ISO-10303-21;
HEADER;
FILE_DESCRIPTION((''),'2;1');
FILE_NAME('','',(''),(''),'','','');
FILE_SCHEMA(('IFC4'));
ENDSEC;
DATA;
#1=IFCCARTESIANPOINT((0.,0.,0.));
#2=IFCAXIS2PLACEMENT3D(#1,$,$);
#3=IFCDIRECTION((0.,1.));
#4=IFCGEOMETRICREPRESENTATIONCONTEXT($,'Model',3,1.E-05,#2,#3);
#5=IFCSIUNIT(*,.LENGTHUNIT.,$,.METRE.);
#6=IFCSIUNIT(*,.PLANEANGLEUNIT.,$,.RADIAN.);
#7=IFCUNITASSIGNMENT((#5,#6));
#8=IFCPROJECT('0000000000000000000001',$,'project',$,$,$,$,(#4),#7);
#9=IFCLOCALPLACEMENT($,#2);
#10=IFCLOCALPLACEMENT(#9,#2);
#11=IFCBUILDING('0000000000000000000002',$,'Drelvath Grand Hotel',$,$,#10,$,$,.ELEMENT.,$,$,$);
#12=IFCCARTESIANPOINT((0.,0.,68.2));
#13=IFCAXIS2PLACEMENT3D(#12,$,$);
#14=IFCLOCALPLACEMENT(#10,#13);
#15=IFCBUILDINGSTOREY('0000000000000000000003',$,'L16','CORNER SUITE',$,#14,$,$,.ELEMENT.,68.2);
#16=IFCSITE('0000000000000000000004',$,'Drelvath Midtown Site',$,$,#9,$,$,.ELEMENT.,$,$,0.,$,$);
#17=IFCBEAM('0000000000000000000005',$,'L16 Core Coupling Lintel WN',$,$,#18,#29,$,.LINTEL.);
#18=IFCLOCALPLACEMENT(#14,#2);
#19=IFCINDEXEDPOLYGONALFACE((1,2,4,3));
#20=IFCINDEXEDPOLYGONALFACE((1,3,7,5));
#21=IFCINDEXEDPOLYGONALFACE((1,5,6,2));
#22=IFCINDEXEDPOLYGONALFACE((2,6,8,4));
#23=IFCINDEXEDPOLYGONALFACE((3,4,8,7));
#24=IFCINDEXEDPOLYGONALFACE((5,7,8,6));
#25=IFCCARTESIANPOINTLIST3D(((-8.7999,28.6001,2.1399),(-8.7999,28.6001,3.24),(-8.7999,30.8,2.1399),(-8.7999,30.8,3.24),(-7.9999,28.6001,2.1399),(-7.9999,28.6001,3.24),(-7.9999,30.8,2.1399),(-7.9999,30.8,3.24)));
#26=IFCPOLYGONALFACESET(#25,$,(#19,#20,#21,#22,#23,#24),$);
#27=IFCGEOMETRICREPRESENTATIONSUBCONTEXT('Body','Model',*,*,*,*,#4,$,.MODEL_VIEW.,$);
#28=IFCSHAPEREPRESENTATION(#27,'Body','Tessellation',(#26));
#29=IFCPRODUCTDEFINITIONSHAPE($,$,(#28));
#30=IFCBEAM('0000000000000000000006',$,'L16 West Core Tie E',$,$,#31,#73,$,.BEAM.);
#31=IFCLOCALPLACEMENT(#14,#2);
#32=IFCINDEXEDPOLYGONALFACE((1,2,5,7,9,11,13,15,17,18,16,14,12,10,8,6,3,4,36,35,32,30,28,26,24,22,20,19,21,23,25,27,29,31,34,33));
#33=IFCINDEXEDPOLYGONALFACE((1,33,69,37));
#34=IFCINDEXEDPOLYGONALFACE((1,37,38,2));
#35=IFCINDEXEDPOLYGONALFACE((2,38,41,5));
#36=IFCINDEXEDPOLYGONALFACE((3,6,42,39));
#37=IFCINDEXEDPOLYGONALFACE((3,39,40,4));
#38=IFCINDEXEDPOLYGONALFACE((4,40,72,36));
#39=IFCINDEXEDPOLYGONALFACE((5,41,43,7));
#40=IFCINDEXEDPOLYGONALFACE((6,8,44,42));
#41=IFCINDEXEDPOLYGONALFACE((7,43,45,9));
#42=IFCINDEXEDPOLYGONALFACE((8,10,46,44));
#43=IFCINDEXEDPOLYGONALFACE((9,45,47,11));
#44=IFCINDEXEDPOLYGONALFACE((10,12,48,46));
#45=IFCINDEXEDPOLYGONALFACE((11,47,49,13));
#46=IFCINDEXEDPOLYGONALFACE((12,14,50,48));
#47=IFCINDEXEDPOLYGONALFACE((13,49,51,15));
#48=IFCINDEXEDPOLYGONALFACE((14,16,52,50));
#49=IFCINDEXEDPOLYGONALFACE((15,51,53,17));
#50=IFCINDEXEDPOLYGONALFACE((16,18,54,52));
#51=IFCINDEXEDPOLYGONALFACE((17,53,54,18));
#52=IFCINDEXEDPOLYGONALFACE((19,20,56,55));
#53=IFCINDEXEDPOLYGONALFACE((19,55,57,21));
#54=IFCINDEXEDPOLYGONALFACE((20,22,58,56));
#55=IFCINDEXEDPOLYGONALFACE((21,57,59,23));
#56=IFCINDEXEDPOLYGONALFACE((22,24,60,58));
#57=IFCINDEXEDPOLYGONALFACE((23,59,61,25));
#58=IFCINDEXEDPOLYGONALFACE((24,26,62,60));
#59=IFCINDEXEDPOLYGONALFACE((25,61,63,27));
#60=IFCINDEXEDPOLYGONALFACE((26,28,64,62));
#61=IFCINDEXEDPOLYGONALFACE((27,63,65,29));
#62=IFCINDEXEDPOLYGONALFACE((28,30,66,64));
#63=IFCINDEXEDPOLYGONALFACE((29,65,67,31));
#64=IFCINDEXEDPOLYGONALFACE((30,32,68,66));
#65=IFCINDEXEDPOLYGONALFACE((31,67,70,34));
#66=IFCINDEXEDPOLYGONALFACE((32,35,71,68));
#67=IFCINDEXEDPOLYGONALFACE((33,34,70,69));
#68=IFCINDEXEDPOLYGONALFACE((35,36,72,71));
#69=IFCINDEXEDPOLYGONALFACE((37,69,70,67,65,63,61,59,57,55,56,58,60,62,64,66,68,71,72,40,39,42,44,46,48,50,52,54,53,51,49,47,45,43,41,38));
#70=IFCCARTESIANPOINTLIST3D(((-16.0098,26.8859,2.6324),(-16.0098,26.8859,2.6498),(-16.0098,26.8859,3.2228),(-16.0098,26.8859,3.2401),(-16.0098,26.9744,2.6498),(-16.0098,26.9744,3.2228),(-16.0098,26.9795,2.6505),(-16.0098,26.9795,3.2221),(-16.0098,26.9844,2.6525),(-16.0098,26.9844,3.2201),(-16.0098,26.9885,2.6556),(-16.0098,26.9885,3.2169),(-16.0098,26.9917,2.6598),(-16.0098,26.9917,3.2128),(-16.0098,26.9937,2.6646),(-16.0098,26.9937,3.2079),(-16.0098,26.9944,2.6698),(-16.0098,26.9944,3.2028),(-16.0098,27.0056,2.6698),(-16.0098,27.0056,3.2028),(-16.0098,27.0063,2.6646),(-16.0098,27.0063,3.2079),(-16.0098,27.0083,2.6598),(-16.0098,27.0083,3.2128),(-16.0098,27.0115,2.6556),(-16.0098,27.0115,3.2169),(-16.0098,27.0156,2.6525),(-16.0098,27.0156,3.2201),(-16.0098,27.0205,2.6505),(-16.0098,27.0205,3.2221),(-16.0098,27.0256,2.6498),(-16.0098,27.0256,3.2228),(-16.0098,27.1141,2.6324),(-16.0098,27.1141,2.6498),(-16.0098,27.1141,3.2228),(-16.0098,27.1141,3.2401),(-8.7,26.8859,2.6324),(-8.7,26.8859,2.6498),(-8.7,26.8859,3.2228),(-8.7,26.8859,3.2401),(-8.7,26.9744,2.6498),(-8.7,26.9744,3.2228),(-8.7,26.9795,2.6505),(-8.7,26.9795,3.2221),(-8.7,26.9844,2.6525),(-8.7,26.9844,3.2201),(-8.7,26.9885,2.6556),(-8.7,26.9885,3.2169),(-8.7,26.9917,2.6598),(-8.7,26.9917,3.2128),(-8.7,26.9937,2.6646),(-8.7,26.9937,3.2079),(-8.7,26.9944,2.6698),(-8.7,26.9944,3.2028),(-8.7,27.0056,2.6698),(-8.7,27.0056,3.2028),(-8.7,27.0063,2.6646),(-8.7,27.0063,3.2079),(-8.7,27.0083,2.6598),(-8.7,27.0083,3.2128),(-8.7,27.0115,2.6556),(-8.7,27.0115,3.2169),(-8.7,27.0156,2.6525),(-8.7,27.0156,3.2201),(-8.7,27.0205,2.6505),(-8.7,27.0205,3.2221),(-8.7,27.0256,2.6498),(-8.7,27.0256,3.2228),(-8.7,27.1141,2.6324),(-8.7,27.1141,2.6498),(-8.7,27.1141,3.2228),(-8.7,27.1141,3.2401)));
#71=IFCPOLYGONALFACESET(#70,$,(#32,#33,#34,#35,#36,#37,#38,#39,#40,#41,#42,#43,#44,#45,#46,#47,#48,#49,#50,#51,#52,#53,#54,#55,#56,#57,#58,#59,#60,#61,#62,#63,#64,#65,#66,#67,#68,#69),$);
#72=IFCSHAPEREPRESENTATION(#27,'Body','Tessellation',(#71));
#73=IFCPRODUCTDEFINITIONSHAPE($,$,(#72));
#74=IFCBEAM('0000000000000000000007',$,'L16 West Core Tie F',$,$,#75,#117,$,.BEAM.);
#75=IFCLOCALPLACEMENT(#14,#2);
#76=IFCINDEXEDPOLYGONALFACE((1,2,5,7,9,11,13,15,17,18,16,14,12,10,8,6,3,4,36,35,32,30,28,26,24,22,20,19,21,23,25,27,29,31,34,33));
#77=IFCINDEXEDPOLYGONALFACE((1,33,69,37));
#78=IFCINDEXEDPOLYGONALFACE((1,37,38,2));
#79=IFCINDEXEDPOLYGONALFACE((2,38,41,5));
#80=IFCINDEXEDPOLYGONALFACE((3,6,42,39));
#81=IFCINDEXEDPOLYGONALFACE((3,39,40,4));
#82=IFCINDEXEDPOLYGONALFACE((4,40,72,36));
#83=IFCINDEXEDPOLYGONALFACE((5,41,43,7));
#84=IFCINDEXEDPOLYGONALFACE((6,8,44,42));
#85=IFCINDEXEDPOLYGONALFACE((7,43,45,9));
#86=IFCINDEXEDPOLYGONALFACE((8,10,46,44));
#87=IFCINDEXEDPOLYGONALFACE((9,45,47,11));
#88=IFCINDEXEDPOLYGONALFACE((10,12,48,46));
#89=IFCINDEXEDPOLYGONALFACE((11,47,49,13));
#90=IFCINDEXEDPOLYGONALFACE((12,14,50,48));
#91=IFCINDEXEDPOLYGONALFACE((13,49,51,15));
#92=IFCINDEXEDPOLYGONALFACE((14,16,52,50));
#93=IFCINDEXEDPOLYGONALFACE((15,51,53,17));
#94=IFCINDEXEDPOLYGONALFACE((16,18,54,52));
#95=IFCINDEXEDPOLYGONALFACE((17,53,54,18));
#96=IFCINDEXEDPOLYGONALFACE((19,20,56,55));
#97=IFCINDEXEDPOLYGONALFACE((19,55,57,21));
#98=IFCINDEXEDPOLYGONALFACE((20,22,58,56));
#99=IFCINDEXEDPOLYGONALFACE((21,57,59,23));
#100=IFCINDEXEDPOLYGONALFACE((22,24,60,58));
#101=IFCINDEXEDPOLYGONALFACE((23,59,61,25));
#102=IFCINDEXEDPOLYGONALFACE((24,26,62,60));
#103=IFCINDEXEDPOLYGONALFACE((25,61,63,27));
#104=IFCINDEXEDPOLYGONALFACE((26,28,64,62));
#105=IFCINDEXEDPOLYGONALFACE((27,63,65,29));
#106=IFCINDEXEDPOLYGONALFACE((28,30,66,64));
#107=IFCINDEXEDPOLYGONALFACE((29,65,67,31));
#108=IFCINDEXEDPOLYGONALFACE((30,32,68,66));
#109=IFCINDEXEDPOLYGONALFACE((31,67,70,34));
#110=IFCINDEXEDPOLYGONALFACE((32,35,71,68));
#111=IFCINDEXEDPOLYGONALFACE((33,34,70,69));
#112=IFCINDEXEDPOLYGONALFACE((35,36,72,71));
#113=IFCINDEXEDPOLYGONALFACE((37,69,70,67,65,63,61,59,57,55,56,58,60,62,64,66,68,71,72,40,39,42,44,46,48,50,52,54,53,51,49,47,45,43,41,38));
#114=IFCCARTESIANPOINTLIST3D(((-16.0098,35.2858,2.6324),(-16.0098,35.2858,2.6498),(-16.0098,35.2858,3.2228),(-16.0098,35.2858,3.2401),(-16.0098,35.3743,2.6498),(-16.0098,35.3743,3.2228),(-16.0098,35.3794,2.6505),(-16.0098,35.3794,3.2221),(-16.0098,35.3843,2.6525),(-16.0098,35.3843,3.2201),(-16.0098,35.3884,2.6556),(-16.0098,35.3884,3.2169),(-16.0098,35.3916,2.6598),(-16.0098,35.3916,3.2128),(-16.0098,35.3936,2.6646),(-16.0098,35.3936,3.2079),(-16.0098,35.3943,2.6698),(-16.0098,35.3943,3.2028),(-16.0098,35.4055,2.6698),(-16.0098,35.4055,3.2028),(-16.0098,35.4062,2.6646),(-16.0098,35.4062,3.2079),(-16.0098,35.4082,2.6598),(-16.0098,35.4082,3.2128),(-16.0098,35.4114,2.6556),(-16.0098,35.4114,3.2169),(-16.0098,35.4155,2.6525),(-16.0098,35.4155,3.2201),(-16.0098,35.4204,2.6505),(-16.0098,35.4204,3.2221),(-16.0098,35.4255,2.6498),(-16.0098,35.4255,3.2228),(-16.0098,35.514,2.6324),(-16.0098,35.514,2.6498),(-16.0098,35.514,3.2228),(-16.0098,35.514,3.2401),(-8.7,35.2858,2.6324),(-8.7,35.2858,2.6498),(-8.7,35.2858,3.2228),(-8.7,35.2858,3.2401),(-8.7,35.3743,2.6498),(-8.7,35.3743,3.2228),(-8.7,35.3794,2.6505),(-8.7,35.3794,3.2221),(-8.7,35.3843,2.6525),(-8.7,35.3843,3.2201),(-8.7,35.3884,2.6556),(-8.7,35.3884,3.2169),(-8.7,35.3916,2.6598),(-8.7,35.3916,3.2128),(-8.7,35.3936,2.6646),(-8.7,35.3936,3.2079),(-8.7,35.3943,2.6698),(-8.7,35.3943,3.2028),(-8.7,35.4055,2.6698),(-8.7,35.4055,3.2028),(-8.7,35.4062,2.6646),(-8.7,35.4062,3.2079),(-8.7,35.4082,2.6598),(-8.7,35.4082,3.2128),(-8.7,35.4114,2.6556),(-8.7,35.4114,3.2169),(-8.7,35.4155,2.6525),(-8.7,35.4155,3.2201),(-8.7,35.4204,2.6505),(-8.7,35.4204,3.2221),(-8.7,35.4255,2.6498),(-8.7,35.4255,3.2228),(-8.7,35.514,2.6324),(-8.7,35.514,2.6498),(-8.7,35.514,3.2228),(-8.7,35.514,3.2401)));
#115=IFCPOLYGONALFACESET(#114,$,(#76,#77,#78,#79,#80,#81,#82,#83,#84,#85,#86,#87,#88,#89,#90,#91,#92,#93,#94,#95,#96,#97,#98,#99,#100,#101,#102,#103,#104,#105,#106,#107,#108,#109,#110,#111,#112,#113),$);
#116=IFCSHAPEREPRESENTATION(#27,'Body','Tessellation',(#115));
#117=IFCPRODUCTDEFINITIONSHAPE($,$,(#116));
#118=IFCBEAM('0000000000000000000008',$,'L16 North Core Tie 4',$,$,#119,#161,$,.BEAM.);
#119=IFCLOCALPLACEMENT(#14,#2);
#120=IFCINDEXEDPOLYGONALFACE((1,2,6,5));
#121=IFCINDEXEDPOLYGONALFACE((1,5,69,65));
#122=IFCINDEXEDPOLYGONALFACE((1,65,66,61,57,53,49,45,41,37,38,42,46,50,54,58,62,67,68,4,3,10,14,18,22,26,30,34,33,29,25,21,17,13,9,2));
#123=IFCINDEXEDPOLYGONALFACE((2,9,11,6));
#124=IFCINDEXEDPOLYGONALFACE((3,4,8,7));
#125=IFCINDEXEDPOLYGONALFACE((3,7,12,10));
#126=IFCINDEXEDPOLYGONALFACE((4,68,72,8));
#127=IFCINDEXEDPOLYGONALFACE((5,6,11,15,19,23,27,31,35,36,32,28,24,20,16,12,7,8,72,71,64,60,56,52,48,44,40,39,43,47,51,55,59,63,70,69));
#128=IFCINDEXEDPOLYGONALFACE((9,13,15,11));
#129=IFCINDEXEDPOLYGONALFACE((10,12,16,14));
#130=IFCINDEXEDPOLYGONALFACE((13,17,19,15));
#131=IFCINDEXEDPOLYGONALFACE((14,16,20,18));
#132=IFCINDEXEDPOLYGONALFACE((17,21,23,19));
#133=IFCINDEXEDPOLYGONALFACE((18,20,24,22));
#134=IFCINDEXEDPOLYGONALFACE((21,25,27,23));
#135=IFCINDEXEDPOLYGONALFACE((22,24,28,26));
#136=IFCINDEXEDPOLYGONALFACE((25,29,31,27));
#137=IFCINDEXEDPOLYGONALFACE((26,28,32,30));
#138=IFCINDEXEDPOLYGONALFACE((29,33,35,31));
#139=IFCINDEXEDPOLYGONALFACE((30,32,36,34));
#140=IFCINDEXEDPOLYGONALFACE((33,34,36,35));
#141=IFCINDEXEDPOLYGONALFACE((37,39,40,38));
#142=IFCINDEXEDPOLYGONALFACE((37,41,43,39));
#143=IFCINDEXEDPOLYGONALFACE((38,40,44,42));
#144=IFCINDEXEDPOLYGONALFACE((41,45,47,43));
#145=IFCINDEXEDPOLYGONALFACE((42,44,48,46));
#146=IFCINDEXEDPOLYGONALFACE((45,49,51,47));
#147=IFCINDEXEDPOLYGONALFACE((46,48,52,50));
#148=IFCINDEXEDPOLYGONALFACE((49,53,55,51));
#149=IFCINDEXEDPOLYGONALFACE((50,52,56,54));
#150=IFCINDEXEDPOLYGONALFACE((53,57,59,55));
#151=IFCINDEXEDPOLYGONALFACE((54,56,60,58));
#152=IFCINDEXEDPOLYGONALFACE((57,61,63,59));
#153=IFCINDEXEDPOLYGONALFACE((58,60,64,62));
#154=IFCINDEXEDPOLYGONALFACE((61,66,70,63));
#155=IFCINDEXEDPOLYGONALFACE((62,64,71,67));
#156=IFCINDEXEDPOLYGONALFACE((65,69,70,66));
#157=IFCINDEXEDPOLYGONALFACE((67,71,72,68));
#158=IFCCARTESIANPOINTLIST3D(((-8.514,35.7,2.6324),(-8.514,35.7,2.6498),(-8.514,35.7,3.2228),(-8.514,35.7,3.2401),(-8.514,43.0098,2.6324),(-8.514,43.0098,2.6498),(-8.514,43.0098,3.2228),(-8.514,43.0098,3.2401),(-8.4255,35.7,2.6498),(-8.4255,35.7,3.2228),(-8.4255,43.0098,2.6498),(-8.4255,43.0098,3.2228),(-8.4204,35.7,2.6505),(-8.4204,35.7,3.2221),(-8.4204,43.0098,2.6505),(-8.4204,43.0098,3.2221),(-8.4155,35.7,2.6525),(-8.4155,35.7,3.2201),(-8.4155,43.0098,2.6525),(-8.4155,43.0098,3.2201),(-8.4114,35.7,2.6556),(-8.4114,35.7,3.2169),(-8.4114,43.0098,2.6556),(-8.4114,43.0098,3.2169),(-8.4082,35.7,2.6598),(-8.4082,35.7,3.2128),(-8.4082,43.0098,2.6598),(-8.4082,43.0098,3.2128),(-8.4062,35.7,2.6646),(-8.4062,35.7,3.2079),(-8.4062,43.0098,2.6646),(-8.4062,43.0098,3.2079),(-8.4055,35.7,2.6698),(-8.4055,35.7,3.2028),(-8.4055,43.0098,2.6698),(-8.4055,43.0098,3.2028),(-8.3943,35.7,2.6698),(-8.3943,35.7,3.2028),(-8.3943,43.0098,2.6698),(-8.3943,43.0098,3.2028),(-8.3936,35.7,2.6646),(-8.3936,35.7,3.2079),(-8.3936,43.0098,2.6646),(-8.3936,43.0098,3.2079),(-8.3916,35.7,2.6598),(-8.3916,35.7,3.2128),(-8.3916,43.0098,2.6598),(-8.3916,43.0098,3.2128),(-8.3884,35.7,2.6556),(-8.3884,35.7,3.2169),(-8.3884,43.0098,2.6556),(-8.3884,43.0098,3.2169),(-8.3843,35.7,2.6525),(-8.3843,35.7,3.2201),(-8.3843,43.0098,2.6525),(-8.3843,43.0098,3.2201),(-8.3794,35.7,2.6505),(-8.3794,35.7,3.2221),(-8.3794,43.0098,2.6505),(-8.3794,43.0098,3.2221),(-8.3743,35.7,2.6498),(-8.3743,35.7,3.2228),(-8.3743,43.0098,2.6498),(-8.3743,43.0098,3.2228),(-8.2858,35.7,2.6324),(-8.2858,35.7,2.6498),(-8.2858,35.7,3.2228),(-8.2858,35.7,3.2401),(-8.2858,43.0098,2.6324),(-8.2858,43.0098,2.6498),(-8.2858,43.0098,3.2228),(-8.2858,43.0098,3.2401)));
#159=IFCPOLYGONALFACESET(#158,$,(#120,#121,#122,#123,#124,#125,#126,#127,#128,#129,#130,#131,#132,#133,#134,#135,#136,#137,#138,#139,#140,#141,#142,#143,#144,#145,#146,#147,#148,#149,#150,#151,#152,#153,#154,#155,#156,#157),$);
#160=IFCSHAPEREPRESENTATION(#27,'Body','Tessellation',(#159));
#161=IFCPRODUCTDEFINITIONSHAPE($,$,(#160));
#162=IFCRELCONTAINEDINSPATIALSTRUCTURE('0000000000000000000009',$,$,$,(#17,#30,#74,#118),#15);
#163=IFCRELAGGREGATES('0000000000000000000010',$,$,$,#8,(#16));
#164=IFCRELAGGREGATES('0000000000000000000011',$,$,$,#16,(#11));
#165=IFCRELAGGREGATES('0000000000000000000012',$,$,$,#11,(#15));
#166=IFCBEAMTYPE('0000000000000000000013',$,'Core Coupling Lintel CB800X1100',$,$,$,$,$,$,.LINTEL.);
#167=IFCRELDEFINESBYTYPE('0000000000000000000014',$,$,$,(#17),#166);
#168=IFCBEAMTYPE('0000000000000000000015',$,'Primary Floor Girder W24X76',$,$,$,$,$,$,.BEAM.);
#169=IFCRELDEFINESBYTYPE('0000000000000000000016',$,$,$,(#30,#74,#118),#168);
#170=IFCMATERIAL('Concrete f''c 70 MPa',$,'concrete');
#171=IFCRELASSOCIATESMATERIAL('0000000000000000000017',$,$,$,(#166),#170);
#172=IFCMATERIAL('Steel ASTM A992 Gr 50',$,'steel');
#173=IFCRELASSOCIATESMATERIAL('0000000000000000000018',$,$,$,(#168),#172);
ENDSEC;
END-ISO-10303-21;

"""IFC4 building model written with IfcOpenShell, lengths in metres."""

from ifc_helpers import new_model, si_unit, direction, frame, origin, origin_2d, place, context, subcontext, project, spatial, rectangle, i_section, extrude, material, material_profile, profile_set, type_object, element, save


model = new_model("IFC4")

# Units and contexts
model_context = context("Model", 3, precision=1e-05, world=origin(), true_north=direction((0.0, 1.0)))
body_context = subcontext(model_context, "Body", "Model", "MODEL_VIEW")
ifc_project = project(units=[si_unit("LENGTHUNIT", "METRE"), si_unit("PLANEANGLEUNIT", "RADIAN")], contexts=[model_context])

# Site, building, storey
site_placement = place(None, origin())
site = spatial("IfcSite", under=ifc_project, at=site_placement, Name="Drelvath Midtown Site", CompositionType="ELEMENT", RefElevation=0.0)
building_placement = place(site_placement, origin())
building = spatial("IfcBuilding", under=site, at=building_placement, Name="Drelvath Grand Hotel", CompositionType="ELEMENT")
storey_placement = place(building_placement, frame((0.0, 0.0, 68.2)))
storey = spatial("IfcBuildingStorey", under=building, at=storey_placement, Name="L16", Description="CORNER SUITE", CompositionType="ELEMENT", Elevation=68.2)

# Beams
ifc_material_1 = material(Name="Concrete f'c 70 MPa", Category="concrete")
ifc_material_profile_1 = material_profile(ifc_material_1, rectangle(XDim=0.8, YDim=1.1001, at=origin_2d()), Name="CB800X1100")
ifc_profile_set_1 = profile_set([ifc_material_profile_1], Name="Concrete f'c 70 MPa")
beam_type_1 = type_object("IfcBeamType", Name="Core Coupling Lintel CB800X1100", PredefinedType="LINTEL", material=ifc_profile_set_1)
beam_placement = place(storey_placement, frame((-8.3999, 28.6001, 2.6899), z_axis=(0.0, 1.0, 0.0), x_axis=(-1.0, 0.0, 0.0)))
element("IfcBeam", 1, at=beam_placement, inside=storey, type_object=beam_type_1, Name="L16 Core Coupling Lintel WN", PredefinedType="LINTEL", context=body_context, shape_type="SweptSolid", body=[
    extrude(rectangle(XDim=0.8, YDim=1.1001, at=origin_2d()), origin(), (0.0, 0.0, 1.0), 2.2),
])
ifc_material_2 = material(Name="Steel ASTM A992 Gr 50", Category="steel")
ifc_material_profile_2 = material_profile(ifc_material_2, i_section(OverallWidth=0.2283, OverallDepth=0.6077, WebThickness=0.0112, FlangeThickness=0.0173, FilletRadius=0.02, at=origin_2d()), Name="W24X76")
ifc_profile_set_2 = profile_set([ifc_material_profile_2], Name="Steel ASTM A992 Gr 50")
beam_type_2 = type_object("IfcBeamType", Name="Primary Floor Girder W24X76", PredefinedType="BEAM", material=ifc_profile_set_2)
for number, where, z_axis, x_axis, name in (
    (2, (-16.0098, 27.0, 2.9363), (1.0, 0.0, 0.0), (0.0, 1.0, 0.0), "L16 West Core Tie E"),
    (3, (-16.0098, 35.3999, 2.9363), (1.0, 0.0, 0.0), (0.0, 1.0, 0.0), "L16 West Core Tie F"),
    (4, (-8.3999, 35.7, 2.9363), (0.0, 1.0, 0.0), (-1.0, 0.0, 0.0), "L16 North Core Tie 4"),
):
    element("IfcBeam", number, at=place(storey_placement, frame(where, z_axis=z_axis, x_axis=x_axis)), inside=storey, type_object=beam_type_2, Name=name, PredefinedType="BEAM", context=body_context, shape_type="SweptSolid", body=[
        extrude(i_section(OverallWidth=0.2283, OverallDepth=0.6077, WebThickness=0.0112, FlangeThickness=0.0173, FilletRadius=0.02, at=origin_2d()), origin(), (0.0, 0.0, 1.0), 7.3098),
    ])

save(model, "model.ifc")
